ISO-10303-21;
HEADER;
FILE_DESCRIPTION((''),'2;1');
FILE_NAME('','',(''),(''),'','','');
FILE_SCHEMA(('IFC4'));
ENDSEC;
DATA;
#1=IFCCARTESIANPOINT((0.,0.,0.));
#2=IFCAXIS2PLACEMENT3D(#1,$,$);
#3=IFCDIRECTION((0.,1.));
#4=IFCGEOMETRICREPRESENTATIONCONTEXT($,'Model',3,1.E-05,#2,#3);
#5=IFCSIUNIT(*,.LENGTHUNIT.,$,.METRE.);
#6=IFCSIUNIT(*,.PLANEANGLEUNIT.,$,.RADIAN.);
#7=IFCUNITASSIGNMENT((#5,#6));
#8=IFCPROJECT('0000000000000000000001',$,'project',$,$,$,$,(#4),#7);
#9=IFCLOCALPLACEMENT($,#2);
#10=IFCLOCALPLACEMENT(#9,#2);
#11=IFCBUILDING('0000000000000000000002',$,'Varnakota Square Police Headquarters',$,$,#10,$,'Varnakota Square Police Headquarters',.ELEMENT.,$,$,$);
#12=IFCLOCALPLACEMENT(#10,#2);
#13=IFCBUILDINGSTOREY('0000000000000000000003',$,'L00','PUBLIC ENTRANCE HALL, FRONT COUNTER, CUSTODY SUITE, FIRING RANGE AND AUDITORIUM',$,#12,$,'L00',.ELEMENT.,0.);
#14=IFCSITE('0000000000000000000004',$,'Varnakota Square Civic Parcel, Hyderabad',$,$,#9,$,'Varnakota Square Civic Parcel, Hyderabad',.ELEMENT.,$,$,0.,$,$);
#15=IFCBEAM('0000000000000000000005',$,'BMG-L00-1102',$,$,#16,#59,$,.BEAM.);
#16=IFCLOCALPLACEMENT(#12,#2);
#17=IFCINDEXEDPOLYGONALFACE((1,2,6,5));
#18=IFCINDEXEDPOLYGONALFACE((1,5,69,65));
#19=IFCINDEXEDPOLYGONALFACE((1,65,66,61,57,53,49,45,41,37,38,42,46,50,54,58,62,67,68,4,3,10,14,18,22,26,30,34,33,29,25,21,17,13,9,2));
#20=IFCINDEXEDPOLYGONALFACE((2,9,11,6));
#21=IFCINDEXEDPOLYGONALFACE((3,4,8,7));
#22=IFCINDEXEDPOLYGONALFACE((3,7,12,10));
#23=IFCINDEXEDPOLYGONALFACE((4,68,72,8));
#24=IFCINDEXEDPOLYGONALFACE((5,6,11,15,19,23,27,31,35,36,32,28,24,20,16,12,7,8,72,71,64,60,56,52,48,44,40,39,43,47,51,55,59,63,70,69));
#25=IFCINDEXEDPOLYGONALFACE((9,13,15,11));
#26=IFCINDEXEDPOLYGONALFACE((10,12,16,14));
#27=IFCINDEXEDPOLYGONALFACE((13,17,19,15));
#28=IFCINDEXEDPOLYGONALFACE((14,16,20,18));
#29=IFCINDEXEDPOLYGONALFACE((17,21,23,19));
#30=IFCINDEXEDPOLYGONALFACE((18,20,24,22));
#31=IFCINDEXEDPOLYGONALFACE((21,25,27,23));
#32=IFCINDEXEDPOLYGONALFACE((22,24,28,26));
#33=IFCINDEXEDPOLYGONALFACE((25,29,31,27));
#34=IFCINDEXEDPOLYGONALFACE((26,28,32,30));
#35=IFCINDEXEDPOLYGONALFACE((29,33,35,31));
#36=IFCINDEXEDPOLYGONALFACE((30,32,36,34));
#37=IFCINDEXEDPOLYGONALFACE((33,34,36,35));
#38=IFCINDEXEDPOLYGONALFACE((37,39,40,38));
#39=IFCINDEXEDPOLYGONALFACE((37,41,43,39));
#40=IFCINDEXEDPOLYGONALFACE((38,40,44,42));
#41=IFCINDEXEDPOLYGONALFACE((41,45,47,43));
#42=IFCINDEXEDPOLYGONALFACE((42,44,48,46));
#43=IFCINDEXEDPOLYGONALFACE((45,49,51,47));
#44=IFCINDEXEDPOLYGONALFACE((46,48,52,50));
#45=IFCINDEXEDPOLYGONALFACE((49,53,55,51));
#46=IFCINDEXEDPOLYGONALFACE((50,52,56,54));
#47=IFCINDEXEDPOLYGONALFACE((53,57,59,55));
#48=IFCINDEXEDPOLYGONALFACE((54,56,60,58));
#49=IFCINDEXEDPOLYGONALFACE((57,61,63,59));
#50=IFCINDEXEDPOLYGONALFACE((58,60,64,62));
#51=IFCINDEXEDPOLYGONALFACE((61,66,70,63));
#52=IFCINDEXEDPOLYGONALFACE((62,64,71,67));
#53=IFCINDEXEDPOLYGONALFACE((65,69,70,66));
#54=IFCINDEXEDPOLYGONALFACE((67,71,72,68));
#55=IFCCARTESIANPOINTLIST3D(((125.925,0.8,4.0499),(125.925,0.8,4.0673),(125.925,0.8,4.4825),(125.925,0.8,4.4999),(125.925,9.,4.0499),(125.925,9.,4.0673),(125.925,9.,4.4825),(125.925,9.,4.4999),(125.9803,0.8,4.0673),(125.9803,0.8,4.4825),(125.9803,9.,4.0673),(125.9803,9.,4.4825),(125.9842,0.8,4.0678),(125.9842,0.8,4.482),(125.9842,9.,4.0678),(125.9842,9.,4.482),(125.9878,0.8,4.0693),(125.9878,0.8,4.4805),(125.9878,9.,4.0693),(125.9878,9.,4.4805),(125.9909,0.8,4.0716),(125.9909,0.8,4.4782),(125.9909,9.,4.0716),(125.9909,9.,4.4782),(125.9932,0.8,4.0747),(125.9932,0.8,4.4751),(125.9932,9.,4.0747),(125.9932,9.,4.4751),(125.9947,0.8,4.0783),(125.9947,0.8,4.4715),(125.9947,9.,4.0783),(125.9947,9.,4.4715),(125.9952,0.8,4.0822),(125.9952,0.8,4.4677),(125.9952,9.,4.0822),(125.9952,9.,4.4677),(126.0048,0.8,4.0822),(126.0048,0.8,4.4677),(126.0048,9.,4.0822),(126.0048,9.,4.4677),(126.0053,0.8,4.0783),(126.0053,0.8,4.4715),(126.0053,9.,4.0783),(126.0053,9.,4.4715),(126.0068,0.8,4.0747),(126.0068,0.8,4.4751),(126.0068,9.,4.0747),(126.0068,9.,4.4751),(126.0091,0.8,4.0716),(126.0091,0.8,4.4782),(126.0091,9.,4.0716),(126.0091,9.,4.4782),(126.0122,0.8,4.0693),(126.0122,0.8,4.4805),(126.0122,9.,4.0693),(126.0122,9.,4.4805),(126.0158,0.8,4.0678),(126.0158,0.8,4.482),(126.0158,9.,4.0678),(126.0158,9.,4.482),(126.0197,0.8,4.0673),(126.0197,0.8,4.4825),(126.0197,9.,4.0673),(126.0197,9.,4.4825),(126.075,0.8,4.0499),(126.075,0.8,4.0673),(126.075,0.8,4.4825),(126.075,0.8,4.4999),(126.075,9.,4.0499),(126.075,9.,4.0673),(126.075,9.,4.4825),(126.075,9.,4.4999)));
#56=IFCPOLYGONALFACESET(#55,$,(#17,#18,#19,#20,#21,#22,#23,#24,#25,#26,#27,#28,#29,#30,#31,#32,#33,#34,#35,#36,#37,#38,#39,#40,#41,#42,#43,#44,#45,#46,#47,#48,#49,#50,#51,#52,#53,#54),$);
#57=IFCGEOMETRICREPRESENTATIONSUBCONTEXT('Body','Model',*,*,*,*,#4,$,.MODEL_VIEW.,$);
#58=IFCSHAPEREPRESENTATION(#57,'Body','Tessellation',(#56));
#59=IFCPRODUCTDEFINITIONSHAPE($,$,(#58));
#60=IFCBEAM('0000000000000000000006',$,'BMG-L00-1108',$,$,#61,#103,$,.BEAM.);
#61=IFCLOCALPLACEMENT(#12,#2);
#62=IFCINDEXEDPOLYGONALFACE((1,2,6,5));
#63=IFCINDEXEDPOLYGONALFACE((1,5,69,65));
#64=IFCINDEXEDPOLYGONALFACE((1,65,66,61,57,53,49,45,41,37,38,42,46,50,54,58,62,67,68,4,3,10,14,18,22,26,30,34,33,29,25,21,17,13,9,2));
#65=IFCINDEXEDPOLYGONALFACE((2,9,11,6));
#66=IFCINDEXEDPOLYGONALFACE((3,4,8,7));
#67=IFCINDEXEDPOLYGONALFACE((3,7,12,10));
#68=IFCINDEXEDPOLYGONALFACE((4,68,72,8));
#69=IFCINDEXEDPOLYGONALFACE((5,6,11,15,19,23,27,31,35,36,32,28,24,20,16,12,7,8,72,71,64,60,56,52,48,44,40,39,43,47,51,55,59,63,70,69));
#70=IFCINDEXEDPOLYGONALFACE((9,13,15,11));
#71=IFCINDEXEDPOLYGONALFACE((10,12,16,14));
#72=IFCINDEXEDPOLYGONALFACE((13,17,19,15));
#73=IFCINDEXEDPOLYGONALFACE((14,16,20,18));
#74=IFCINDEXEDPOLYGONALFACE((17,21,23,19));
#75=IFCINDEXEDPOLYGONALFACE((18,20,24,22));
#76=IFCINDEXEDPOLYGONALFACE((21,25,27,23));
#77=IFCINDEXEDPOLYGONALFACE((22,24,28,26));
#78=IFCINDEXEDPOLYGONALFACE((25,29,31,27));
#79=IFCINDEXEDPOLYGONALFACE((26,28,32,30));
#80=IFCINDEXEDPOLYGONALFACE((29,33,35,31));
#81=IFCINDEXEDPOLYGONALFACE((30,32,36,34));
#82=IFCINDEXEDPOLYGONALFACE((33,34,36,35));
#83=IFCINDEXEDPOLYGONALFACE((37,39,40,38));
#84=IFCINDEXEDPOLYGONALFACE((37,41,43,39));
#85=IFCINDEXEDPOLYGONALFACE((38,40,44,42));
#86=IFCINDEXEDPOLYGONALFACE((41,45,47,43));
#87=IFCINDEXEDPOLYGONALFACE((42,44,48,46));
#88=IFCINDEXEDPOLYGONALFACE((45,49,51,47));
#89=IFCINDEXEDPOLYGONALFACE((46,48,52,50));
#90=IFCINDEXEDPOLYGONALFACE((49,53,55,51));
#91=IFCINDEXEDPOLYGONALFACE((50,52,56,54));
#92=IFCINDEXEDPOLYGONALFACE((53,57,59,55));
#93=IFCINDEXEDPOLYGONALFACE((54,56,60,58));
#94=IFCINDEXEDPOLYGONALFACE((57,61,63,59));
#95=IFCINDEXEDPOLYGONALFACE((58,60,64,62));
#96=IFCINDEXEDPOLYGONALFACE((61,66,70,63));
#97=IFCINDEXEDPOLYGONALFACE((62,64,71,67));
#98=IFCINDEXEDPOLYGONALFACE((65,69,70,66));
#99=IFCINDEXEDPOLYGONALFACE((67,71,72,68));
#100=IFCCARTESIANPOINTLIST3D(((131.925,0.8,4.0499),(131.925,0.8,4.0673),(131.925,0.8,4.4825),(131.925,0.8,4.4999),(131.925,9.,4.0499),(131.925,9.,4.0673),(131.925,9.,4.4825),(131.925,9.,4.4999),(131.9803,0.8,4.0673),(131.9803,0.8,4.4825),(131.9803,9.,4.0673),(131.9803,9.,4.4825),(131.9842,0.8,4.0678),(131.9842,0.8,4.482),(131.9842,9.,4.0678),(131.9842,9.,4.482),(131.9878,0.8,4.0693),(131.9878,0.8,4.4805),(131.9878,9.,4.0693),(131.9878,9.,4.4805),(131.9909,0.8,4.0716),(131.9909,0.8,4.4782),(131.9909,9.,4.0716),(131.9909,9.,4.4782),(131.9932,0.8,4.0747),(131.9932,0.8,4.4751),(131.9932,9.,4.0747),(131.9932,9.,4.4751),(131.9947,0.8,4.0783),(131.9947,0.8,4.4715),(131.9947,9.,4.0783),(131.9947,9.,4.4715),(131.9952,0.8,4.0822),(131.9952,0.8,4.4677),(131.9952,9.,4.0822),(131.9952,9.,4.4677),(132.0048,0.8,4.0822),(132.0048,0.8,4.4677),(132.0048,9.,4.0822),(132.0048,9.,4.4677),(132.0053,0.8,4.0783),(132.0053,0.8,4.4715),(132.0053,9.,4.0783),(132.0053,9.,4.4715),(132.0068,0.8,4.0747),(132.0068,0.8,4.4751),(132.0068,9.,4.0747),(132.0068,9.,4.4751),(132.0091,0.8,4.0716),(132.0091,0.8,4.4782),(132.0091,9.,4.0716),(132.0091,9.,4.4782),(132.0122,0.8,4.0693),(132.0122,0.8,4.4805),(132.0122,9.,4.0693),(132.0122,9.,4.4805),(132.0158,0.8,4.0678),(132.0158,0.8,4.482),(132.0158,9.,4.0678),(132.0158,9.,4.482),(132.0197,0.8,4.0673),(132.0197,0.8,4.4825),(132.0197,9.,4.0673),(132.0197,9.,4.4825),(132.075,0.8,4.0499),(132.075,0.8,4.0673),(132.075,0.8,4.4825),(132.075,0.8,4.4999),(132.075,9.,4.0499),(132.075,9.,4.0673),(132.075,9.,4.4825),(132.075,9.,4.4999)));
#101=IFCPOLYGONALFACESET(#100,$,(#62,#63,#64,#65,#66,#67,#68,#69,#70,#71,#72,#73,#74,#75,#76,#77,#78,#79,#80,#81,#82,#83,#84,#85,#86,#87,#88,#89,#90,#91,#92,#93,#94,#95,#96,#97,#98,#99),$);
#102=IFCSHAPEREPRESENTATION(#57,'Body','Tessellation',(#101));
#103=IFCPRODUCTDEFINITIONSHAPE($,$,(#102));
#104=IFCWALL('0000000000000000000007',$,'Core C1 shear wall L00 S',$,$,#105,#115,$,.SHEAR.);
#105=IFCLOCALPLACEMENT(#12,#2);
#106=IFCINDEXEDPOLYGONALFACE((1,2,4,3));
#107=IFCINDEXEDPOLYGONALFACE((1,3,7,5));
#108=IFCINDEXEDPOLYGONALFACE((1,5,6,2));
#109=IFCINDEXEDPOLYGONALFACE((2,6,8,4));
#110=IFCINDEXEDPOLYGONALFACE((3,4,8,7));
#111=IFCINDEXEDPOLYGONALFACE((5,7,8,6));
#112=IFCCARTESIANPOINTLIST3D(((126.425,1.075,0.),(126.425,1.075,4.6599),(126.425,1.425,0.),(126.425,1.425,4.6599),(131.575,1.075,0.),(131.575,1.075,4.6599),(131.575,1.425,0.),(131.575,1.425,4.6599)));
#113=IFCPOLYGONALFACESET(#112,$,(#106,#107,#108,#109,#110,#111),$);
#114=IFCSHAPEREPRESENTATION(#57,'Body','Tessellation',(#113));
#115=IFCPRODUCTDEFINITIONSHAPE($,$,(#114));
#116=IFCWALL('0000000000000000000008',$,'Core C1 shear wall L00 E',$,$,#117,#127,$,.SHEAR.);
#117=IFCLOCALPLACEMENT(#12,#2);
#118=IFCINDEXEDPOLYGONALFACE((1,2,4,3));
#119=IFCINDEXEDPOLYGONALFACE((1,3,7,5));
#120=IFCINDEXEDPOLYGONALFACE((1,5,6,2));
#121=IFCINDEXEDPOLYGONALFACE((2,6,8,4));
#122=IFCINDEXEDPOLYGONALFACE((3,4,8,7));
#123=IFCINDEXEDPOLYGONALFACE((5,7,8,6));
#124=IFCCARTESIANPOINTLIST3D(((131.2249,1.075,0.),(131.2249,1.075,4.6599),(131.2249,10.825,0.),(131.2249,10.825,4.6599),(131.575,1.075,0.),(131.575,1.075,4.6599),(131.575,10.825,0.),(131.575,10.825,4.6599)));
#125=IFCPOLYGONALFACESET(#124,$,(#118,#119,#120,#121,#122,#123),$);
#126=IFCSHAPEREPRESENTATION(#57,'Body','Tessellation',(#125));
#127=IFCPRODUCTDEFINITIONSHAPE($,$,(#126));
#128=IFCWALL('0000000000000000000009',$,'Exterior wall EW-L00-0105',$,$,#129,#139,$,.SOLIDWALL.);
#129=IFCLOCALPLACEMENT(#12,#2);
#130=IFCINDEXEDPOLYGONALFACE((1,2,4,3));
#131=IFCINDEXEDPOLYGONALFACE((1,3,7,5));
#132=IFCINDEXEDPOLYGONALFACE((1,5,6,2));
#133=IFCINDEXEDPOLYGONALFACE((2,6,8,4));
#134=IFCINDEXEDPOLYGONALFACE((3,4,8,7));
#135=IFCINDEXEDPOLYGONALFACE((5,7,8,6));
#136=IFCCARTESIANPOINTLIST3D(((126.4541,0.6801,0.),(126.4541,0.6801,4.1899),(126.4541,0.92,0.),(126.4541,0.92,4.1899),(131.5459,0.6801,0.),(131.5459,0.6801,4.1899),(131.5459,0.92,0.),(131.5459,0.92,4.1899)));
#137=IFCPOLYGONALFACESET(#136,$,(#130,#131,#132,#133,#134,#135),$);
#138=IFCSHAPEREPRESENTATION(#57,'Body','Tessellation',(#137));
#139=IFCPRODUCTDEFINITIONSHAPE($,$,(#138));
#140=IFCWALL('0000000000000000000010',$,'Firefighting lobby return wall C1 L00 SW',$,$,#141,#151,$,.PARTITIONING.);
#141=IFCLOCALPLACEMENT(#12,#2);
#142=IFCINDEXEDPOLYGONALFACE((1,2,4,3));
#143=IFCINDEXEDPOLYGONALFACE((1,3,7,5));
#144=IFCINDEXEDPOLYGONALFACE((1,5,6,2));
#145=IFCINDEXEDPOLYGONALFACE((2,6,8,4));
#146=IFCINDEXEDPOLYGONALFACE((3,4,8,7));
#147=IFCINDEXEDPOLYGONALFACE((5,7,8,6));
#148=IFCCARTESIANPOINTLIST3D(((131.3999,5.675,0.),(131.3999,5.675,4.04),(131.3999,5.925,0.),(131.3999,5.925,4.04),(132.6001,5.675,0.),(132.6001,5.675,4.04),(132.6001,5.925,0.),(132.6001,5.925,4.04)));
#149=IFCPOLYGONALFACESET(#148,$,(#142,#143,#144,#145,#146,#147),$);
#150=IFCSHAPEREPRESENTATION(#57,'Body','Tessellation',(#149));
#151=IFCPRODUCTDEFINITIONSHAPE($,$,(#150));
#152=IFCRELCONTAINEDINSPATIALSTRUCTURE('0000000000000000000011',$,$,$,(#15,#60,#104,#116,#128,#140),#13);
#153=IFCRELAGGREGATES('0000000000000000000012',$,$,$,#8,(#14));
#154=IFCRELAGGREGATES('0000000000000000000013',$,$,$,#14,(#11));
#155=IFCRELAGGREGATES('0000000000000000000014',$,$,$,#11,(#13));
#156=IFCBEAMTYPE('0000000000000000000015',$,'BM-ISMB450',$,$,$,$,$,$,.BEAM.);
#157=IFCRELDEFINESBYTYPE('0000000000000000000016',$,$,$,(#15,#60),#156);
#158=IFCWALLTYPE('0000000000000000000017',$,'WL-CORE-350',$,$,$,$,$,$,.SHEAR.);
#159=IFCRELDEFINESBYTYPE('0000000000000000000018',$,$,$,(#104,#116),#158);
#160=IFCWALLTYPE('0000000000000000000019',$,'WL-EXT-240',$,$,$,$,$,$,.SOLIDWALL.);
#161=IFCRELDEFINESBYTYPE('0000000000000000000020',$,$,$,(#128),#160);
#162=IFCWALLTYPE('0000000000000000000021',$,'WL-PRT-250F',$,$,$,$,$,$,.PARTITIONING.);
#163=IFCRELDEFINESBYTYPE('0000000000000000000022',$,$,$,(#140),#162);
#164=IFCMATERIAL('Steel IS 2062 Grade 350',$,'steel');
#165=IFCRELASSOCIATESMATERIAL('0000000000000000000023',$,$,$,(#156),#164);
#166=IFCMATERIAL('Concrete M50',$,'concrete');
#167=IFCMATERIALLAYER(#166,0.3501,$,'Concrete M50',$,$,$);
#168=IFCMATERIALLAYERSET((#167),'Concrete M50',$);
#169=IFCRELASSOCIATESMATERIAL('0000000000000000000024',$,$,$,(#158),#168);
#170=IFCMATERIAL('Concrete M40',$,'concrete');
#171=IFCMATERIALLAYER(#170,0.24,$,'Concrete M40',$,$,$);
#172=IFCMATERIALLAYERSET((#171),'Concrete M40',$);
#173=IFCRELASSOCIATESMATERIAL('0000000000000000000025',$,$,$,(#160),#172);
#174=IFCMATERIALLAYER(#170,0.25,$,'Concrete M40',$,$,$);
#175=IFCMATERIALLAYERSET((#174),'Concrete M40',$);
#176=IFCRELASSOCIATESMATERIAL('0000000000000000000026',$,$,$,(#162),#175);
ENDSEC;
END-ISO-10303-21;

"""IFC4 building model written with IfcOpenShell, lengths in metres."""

from ifc_helpers import new_model, si_unit, direction, frame, frame_2d, origin, origin_2d, place, context, subcontext, project, spatial, rectangle, i_section, extrude, material, layer, layer_set, material_profile, profile_set, type_object, element, save


model = new_model("IFC4")

# Units and contexts
model_context = context("Model", 3, precision=1e-05, world=origin(), true_north=direction((0.0, 1.0)))
body_context = subcontext(model_context, "Body", "Model", "MODEL_VIEW")
ifc_project = project(units=[si_unit("LENGTHUNIT", "METRE"), si_unit("PLANEANGLEUNIT", "RADIAN")], contexts=[model_context])

# Site, building, storey
site_placement = place(None, origin())
site = spatial("IfcSite", under=ifc_project, at=site_placement, Name="Varnakota Square Civic Parcel, Hyderabad", LongName="Varnakota Square Civic Parcel, Hyderabad", CompositionType="ELEMENT", RefElevation=0.0)
building_placement = place(site_placement, origin())
building = spatial("IfcBuilding", under=site, at=building_placement, Name="Varnakota Square Police Headquarters", LongName="Varnakota Square Police Headquarters", CompositionType="ELEMENT")
storey_placement = place(building_placement, origin())
storey = spatial("IfcBuildingStorey", under=building, at=storey_placement, Name="L00", Description="PUBLIC ENTRANCE HALL, FRONT COUNTER, CUSTODY SUITE, FIRING RANGE AND AUDITORIUM", LongName="L00", CompositionType="ELEMENT", Elevation=0.0)

# Shared definitions
ifc_material_1 = material(Name="Concrete M50", Category="concrete")

# Beams
ifc_material_2 = material(Name="Steel IS 2062 Grade 350", Category="steel")
ifc_material_profile_1 = material_profile(ifc_material_2, i_section(OverallWidth=0.1499, OverallDepth=0.45, WebThickness=0.0095, FlangeThickness=0.0173, FilletRadius=0.0149, at=origin_2d()), Name="ISMB 450")
ifc_profile_set_1 = profile_set([ifc_material_profile_1], Name="Steel IS 2062 Grade 350")
beam_type_1 = type_object("IfcBeamType", Name="BM-ISMB450", PredefinedType="BEAM", material=ifc_profile_set_1)
for number, where, z_axis, x_axis, name in (
    (1, (126.0, 0.8, 4.2749), (0.0, 1.0, 0.0), (-1.0, 0.0, 0.0), "BMG-L00-1102"),
    (2, (132.0, 0.8, 4.2749), (0.0, 1.0, 0.0), (-1.0, 0.0, 0.0), "BMG-L00-1108"),
):
    element("IfcBeam", number, at=place(storey_placement, frame(where, z_axis=z_axis, x_axis=x_axis)), inside=storey, type_object=beam_type_1, Name=name, PredefinedType="BEAM", context=body_context, shape_type="SweptSolid", body=[
        extrude(i_section(OverallWidth=0.1499, OverallDepth=0.45, WebThickness=0.0095, FlangeThickness=0.0173, FilletRadius=0.0149, at=origin_2d()), origin(), (0.0, 0.0, 1.0), 8.2),
    ])

# Walls
ifc_layer_1 = layer(ifc_material_1, 0.3501, Name="Concrete M50")
ifc_layer_set_1 = layer_set([ifc_layer_1], Name="Concrete M50")
wall_type_1 = type_object("IfcWallType", Name="WL-CORE-350", PredefinedType="SHEAR", material=ifc_layer_set_1)
wall_1_placement = place(storey_placement, frame((126.425, 1.25, 0.0), z_axis=(0.0, 0.0, 1.0), x_axis=(1.0, 0.0, 0.0)))
element("IfcWall", 3, at=wall_1_placement, inside=storey, type_object=wall_type_1, Name="Core C1 shear wall L00 S", PredefinedType="SHEAR", context=body_context, shape_type="SweptSolid", body=[
    extrude(rectangle(XDim=5.1499, YDim=0.3501, at=frame_2d((2.575, 0.0))), origin(), (0.0, 0.0, 1.0), 4.6599),
])
wall_2_placement = place(storey_placement, frame((131.3999, 1.075, 0.0), z_axis=(0.0, 0.0, 1.0), x_axis=(0.0, 1.0, 0.0)))
element("IfcWall", 4, at=wall_2_placement, inside=storey, type_object=wall_type_1, Name="Core C1 shear wall L00 E", PredefinedType="SHEAR", context=body_context, shape_type="SweptSolid", body=[
    extrude(rectangle(XDim=9.75, YDim=0.3501, at=frame_2d((4.875, 0.0))), origin(), (0.0, 0.0, 1.0), 4.6599),
])
ifc_material_3 = material(Name="Concrete M40", Category="concrete")
ifc_layer_2 = layer(ifc_material_3, 0.24, Name="Concrete M40")
ifc_layer_set_2 = layer_set([ifc_layer_2], Name="Concrete M40")
wall_type_2 = type_object("IfcWallType", Name="WL-EXT-240", PredefinedType="SOLIDWALL", material=ifc_layer_set_2)
wall_3_placement = place(storey_placement, frame((126.4541, 0.8, 0.0), z_axis=(0.0, 0.0, 1.0), x_axis=(1.0, 0.0, 0.0)))
element("IfcWall", 5, at=wall_3_placement, inside=storey, type_object=wall_type_2, Name="Exterior wall EW-L00-0105", PredefinedType="SOLIDWALL", context=body_context, shape_type="SweptSolid", body=[
    extrude(rectangle(XDim=5.0918, YDim=0.24, at=frame_2d((2.5459, 0.0))), origin(), (0.0, 0.0, 1.0), 4.1899),
])
ifc_layer_3 = layer(ifc_material_3, 0.25, Name="Concrete M40")
ifc_layer_set_3 = layer_set([ifc_layer_3], Name="Concrete M40")
wall_type_3 = type_object("IfcWallType", Name="WL-PRT-250F", PredefinedType="PARTITIONING", material=ifc_layer_set_3)
wall_4_placement = place(storey_placement, frame((131.3999, 5.8, 0.0), z_axis=(0.0, 0.0, 1.0), x_axis=(1.0, 0.0, 0.0)))
element("IfcWall", 6, at=wall_4_placement, inside=storey, type_object=wall_type_3, Name="Firefighting lobby return wall C1 L00 SW", PredefinedType="PARTITIONING", context=body_context, shape_type="SweptSolid", body=[
    extrude(rectangle(XDim=1.2002, YDim=0.25, at=frame_2d((0.6001, 0.0))), origin(), (0.0, 0.0, 1.0), 4.04),
])

save(model, "model.ifc")
